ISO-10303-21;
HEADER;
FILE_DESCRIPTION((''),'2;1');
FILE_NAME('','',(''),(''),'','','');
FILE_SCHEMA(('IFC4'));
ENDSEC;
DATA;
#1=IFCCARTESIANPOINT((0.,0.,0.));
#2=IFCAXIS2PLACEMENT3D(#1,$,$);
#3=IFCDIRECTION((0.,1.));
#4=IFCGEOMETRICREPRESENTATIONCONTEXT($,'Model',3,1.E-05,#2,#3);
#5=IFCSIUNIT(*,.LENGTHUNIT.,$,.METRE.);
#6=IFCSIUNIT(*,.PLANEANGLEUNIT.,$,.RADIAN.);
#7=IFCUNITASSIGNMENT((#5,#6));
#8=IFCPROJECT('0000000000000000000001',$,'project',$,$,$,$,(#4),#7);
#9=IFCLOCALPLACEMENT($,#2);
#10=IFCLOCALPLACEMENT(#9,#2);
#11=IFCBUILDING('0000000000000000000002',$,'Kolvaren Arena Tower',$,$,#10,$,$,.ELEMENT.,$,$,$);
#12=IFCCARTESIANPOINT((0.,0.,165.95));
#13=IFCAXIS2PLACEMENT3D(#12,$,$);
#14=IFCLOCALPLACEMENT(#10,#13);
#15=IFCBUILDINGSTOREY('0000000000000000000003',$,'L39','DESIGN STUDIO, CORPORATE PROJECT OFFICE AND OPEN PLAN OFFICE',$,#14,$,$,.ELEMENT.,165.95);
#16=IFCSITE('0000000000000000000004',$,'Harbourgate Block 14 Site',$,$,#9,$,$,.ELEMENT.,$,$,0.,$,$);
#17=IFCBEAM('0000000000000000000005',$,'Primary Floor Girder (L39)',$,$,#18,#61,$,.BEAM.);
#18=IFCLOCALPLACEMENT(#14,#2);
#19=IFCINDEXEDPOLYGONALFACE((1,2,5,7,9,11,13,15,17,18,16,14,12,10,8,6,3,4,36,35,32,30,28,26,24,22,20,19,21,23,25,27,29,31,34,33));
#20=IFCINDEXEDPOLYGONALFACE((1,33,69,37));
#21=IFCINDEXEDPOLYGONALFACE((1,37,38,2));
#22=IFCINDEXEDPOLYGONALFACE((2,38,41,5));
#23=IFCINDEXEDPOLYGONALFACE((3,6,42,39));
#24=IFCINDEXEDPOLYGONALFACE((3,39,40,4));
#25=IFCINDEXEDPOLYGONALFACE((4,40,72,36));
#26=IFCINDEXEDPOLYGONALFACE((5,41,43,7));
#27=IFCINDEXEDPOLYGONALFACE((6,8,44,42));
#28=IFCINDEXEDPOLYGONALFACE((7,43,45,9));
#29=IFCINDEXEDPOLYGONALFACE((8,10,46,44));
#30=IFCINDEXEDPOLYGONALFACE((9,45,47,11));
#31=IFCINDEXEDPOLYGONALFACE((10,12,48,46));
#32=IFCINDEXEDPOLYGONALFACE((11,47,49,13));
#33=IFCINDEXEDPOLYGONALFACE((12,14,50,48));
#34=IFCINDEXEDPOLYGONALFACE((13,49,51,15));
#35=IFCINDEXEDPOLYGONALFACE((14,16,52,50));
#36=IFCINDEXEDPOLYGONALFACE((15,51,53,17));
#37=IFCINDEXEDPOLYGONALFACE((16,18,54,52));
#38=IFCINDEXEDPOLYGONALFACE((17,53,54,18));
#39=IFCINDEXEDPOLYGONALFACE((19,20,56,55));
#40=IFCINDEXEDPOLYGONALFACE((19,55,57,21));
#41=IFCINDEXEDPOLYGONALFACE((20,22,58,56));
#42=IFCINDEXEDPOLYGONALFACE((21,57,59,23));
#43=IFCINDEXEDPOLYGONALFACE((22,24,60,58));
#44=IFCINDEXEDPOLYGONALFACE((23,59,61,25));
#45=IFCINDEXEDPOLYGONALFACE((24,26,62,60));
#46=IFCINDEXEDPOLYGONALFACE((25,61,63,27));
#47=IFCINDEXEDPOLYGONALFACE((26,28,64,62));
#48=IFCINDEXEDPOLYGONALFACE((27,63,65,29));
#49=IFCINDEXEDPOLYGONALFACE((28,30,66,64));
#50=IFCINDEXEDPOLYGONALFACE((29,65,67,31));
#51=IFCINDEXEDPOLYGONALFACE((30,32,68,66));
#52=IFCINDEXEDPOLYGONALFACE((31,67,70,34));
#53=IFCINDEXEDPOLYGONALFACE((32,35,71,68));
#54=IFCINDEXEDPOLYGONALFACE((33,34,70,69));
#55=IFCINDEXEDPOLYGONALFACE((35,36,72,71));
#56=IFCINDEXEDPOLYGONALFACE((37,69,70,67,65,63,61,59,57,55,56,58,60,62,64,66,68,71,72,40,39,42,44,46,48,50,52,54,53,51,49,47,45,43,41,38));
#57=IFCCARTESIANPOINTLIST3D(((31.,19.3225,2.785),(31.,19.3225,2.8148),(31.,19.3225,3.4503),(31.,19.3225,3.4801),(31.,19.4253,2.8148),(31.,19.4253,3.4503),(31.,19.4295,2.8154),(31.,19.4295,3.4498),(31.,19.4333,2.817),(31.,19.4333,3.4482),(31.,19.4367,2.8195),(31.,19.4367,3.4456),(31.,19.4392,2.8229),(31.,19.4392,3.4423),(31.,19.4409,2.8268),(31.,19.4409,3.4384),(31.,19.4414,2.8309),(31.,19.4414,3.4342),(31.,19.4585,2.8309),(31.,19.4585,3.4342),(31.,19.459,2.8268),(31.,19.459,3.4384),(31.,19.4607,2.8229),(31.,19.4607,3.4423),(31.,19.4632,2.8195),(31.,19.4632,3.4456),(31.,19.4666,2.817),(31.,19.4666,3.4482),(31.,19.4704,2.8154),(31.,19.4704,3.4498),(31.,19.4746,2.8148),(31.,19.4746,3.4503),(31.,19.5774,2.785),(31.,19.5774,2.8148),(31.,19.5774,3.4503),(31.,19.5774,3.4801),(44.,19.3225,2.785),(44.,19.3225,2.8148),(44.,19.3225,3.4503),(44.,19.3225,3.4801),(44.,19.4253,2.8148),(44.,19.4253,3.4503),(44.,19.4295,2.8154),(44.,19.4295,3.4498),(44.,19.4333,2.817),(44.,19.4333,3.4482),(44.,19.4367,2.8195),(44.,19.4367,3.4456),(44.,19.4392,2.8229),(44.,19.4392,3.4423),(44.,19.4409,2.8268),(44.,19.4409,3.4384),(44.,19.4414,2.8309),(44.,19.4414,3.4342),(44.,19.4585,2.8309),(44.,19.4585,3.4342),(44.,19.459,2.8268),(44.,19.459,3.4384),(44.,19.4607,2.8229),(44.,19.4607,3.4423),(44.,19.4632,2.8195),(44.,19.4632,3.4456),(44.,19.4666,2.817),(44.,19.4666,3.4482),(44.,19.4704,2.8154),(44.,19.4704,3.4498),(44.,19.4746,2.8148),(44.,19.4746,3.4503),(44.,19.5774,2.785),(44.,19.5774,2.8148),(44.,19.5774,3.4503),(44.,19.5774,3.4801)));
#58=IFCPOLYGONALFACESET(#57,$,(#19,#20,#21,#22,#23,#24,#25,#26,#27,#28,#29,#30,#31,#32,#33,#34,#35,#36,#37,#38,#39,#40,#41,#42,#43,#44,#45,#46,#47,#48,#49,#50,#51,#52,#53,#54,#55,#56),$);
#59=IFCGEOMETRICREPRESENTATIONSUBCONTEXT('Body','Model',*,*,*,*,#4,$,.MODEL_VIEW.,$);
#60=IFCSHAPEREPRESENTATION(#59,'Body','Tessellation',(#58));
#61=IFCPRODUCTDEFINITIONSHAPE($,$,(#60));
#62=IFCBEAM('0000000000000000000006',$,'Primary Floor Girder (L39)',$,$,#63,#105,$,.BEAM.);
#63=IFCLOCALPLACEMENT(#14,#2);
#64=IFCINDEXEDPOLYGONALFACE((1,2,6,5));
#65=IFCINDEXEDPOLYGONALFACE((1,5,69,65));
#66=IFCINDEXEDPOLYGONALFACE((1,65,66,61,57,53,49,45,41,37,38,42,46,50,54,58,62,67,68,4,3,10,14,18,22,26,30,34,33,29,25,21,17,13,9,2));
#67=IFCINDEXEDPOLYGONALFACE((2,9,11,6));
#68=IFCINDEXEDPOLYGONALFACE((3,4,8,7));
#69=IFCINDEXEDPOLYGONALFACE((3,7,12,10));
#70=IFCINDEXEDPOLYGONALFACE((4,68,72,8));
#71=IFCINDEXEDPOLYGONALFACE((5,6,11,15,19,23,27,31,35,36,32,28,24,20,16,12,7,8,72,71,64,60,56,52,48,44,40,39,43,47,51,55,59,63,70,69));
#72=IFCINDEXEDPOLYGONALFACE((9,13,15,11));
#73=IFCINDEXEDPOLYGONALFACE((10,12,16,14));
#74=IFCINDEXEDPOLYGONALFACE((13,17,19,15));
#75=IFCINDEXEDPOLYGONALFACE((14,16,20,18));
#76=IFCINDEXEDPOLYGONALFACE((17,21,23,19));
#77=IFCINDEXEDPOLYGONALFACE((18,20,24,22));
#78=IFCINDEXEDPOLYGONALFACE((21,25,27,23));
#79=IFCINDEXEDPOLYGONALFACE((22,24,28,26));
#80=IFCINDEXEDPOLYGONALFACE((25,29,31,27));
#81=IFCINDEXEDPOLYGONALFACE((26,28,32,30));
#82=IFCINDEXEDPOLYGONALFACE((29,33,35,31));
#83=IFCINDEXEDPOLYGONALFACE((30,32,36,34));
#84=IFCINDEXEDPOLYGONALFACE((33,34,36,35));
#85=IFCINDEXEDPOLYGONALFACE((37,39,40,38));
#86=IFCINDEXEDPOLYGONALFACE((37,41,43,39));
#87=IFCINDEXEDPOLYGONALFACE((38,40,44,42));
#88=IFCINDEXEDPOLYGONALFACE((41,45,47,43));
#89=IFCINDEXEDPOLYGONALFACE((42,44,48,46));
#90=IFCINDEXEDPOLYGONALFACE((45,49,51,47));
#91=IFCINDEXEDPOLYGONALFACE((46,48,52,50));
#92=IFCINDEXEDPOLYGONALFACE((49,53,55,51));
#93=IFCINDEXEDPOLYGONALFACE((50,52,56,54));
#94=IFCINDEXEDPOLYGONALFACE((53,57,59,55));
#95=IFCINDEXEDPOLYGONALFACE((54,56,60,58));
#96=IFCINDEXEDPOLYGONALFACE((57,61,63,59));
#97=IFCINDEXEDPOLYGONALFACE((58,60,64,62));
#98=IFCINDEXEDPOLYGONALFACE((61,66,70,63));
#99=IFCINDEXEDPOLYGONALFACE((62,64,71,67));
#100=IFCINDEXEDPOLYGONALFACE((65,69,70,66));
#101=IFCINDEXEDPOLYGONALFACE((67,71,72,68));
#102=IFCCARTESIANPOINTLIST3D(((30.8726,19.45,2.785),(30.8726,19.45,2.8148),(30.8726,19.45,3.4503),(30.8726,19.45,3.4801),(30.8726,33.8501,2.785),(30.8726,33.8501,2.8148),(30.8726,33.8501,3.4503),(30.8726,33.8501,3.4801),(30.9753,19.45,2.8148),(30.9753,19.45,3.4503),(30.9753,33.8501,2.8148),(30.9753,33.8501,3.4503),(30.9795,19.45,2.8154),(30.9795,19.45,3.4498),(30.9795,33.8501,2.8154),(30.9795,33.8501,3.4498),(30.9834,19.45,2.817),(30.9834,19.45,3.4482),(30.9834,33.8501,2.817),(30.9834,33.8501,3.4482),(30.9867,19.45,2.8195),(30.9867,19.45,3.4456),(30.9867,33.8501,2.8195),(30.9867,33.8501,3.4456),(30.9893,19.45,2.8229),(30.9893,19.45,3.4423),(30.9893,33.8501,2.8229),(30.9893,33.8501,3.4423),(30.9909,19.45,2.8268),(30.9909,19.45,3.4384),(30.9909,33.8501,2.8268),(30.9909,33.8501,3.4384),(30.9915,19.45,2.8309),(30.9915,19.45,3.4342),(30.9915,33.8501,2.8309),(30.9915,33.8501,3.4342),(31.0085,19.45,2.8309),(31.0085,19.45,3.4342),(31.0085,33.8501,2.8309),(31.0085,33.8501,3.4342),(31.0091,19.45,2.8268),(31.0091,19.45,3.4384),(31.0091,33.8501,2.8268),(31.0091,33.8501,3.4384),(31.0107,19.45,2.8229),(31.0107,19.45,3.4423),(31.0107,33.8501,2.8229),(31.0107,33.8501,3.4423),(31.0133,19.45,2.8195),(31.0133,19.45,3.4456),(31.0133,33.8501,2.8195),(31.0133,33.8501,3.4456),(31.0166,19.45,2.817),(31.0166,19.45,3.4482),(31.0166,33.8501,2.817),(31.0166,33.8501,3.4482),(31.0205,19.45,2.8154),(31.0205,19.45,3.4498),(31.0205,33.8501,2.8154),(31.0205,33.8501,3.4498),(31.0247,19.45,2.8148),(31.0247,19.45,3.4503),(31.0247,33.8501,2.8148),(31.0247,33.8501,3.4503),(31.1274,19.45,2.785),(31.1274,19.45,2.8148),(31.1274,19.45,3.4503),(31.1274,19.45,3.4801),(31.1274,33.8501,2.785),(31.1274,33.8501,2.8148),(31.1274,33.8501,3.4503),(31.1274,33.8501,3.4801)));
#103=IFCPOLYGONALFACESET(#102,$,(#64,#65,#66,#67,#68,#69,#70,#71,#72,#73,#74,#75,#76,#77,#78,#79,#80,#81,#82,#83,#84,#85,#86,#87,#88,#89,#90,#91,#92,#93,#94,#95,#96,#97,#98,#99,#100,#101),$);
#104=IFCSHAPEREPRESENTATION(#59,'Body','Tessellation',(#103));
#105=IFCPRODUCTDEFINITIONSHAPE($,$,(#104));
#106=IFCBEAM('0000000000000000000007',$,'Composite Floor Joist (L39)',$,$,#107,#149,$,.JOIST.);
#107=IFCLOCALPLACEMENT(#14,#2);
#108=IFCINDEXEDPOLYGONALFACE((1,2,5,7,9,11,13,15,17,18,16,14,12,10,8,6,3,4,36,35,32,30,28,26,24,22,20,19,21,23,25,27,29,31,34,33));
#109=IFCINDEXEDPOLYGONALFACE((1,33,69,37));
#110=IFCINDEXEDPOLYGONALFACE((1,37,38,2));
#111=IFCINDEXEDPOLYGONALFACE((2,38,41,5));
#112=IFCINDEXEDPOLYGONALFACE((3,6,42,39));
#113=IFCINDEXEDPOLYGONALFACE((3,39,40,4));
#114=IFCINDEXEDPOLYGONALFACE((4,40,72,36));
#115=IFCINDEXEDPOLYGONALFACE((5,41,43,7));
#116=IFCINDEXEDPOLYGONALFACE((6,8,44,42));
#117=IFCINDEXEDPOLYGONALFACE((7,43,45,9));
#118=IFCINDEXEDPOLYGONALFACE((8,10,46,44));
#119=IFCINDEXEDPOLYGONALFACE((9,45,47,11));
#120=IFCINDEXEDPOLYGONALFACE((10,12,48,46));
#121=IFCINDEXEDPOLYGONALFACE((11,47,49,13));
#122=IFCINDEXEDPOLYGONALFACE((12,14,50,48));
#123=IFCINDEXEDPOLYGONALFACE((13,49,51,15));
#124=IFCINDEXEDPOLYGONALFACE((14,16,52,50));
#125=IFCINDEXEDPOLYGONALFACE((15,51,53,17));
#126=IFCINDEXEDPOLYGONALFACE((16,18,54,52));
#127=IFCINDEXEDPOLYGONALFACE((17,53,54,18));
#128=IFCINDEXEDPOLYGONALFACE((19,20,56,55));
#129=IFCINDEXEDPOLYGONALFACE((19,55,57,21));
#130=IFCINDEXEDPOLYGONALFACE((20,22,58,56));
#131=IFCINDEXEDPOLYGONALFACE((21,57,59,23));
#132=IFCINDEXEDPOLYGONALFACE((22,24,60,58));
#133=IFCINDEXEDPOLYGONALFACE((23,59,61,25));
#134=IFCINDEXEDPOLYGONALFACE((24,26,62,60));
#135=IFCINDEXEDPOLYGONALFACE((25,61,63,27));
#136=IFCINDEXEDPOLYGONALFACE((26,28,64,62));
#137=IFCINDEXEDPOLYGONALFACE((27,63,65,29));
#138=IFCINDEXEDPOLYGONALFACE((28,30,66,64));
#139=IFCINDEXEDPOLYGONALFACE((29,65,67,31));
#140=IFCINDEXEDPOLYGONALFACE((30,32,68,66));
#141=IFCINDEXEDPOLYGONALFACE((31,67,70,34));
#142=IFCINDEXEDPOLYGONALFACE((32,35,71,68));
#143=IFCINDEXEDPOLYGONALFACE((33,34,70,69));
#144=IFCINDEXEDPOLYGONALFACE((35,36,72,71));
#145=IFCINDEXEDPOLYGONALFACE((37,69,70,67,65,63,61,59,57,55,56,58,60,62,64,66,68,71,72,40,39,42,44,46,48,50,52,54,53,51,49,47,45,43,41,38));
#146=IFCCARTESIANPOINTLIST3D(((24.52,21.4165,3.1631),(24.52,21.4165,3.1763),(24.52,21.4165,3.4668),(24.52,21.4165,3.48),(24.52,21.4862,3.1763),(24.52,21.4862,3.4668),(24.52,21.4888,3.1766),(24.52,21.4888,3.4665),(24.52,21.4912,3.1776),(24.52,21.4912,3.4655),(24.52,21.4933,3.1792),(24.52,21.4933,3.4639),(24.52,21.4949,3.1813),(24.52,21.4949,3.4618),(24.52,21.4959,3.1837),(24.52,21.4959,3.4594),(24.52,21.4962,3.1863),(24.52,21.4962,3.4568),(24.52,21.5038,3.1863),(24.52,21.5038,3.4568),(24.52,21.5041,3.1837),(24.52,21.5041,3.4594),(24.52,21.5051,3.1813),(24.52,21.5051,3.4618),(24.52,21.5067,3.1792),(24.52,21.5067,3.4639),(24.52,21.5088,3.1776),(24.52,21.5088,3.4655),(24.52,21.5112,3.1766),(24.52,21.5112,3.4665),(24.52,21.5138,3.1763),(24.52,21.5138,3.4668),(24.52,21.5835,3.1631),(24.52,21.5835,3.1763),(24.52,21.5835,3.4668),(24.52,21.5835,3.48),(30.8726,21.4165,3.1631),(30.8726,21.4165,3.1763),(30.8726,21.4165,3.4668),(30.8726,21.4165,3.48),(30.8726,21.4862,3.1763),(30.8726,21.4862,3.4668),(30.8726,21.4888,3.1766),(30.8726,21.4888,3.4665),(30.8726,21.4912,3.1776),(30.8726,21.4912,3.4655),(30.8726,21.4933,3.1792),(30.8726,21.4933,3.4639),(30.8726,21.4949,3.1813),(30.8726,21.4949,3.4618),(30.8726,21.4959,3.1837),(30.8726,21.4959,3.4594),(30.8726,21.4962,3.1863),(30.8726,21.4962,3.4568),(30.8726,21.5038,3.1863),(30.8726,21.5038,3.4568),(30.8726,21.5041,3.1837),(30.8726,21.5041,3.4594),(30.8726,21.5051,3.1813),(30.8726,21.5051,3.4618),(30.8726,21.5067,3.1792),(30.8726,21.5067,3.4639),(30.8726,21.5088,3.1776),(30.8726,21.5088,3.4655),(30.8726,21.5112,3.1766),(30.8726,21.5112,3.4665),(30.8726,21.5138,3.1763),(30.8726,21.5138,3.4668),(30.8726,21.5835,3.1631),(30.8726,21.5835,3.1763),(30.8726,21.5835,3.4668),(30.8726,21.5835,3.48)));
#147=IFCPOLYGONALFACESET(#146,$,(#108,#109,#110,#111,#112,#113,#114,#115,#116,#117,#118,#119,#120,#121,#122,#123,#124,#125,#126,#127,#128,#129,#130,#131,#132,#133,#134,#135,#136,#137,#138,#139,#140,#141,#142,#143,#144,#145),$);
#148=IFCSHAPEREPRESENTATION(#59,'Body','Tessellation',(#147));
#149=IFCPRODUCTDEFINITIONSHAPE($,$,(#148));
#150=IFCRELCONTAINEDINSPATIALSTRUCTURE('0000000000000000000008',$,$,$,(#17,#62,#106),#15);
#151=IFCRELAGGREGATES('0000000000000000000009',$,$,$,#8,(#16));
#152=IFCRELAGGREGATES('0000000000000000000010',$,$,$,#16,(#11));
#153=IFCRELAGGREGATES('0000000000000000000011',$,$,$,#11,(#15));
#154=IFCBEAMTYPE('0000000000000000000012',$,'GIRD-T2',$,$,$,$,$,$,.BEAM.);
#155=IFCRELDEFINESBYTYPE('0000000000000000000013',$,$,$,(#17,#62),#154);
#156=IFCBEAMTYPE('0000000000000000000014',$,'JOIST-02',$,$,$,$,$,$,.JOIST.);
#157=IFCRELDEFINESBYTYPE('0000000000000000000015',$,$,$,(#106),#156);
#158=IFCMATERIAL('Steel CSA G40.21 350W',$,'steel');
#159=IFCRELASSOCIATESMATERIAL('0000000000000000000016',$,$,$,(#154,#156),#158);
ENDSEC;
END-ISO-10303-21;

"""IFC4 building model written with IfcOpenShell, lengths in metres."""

from ifc_helpers import new_model, si_unit, direction, frame, origin, origin_2d, place, context, subcontext, project, spatial, i_section, extrude, material, material_profile, profile_set, type_object, element, save


model = new_model("IFC4")

# Units and contexts
model_context = context("Model", 3, precision=1e-05, world=origin(), true_north=direction((0.0, 1.0)))
body_context = subcontext(model_context, "Body", "Model", "MODEL_VIEW")
ifc_project = project(units=[si_unit("LENGTHUNIT", "METRE"), si_unit("PLANEANGLEUNIT", "RADIAN")], contexts=[model_context])

# Site, building, storey
site_placement = place(None, origin())
site = spatial("IfcSite", under=ifc_project, at=site_placement, Name="Harbourgate Block 14 Site", CompositionType="ELEMENT", RefElevation=0.0)
building_placement = place(site_placement, origin())
building = spatial("IfcBuilding", under=site, at=building_placement, Name="Kolvaren Arena Tower", CompositionType="ELEMENT")
storey_placement = place(building_placement, frame((0.0, 0.0, 165.95)))
storey = spatial("IfcBuildingStorey", under=building, at=storey_placement, Name="L39", Description="DESIGN STUDIO, CORPORATE PROJECT OFFICE AND OPEN PLAN OFFICE", CompositionType="ELEMENT", Elevation=165.95)

# Beams
ifc_material_1 = material(Name="Steel CSA G40.21 350W", Category="steel")
ifc_material_profile_1 = material_profile(ifc_material_1, i_section(OverallWidth=0.2549, OverallDepth=0.6951, WebThickness=0.0171, FlangeThickness=0.0298, FilletRadius=0.0161, at=origin_2d()), Name="W690x217")
ifc_profile_set_1 = profile_set([ifc_material_profile_1], Name="Steel CSA G40.21 350W")
beam_type_1 = type_object("IfcBeamType", Name="GIRD-T2", PredefinedType="BEAM", material=ifc_profile_set_1)
beam_1_placement = place(storey_placement, frame((31.0, 19.45, 3.1326), z_axis=(1.0, 0.0, 0.0), x_axis=(0.0, 1.0, 0.0)))
element("IfcBeam", 1, at=beam_1_placement, inside=storey, type_object=beam_type_1, Name="Primary Floor Girder (L39)", PredefinedType="BEAM", context=body_context, shape_type="SweptSolid", body=[
    extrude(i_section(OverallWidth=0.2549, OverallDepth=0.6951, WebThickness=0.0171, FlangeThickness=0.0298, FilletRadius=0.0161, at=origin_2d()), origin(), (0.0, 0.0, 1.0), 13.0),
])
beam_2_placement = place(storey_placement, frame((31.0, 19.45, 3.1326), z_axis=(0.0, 1.0, 0.0), x_axis=(-1.0, 0.0, 0.0)))
element("IfcBeam", 2, at=beam_2_placement, inside=storey, type_object=beam_type_1, Name="Primary Floor Girder (L39)", PredefinedType="BEAM", context=body_context, shape_type="SweptSolid", body=[
    extrude(i_section(OverallWidth=0.2549, OverallDepth=0.6951, WebThickness=0.0171, FlangeThickness=0.0298, FilletRadius=0.0161, at=origin_2d()), origin(), (0.0, 0.0, 1.0), 14.4001),
])
ifc_material_profile_2 = material_profile(ifc_material_1, i_section(OverallWidth=0.167, OverallDepth=0.3169, WebThickness=0.0076, FlangeThickness=0.0132, FilletRadius=0.01, at=origin_2d()), Name="W310x52")
ifc_profile_set_2 = profile_set([ifc_material_profile_2], Name="Steel CSA G40.21 350W")
beam_type_2 = type_object("IfcBeamType", Name="JOIST-02", PredefinedType="JOIST", material=ifc_profile_set_2)
beam_3_placement = place(storey_placement, frame((24.52, 21.5, 3.3215), z_axis=(1.0, 0.0, 0.0), x_axis=(0.0, 1.0, 0.0)))
element("IfcBeam", 3, at=beam_3_placement, inside=storey, type_object=beam_type_2, Name="Composite Floor Joist (L39)", PredefinedType="JOIST", context=body_context, shape_type="SweptSolid", body=[
    extrude(i_section(OverallWidth=0.167, OverallDepth=0.3169, WebThickness=0.0076, FlangeThickness=0.0132, FilletRadius=0.01, at=origin_2d()), origin(), (0.0, 0.0, 1.0), 6.3525),
])

save(model, "model.ifc")
